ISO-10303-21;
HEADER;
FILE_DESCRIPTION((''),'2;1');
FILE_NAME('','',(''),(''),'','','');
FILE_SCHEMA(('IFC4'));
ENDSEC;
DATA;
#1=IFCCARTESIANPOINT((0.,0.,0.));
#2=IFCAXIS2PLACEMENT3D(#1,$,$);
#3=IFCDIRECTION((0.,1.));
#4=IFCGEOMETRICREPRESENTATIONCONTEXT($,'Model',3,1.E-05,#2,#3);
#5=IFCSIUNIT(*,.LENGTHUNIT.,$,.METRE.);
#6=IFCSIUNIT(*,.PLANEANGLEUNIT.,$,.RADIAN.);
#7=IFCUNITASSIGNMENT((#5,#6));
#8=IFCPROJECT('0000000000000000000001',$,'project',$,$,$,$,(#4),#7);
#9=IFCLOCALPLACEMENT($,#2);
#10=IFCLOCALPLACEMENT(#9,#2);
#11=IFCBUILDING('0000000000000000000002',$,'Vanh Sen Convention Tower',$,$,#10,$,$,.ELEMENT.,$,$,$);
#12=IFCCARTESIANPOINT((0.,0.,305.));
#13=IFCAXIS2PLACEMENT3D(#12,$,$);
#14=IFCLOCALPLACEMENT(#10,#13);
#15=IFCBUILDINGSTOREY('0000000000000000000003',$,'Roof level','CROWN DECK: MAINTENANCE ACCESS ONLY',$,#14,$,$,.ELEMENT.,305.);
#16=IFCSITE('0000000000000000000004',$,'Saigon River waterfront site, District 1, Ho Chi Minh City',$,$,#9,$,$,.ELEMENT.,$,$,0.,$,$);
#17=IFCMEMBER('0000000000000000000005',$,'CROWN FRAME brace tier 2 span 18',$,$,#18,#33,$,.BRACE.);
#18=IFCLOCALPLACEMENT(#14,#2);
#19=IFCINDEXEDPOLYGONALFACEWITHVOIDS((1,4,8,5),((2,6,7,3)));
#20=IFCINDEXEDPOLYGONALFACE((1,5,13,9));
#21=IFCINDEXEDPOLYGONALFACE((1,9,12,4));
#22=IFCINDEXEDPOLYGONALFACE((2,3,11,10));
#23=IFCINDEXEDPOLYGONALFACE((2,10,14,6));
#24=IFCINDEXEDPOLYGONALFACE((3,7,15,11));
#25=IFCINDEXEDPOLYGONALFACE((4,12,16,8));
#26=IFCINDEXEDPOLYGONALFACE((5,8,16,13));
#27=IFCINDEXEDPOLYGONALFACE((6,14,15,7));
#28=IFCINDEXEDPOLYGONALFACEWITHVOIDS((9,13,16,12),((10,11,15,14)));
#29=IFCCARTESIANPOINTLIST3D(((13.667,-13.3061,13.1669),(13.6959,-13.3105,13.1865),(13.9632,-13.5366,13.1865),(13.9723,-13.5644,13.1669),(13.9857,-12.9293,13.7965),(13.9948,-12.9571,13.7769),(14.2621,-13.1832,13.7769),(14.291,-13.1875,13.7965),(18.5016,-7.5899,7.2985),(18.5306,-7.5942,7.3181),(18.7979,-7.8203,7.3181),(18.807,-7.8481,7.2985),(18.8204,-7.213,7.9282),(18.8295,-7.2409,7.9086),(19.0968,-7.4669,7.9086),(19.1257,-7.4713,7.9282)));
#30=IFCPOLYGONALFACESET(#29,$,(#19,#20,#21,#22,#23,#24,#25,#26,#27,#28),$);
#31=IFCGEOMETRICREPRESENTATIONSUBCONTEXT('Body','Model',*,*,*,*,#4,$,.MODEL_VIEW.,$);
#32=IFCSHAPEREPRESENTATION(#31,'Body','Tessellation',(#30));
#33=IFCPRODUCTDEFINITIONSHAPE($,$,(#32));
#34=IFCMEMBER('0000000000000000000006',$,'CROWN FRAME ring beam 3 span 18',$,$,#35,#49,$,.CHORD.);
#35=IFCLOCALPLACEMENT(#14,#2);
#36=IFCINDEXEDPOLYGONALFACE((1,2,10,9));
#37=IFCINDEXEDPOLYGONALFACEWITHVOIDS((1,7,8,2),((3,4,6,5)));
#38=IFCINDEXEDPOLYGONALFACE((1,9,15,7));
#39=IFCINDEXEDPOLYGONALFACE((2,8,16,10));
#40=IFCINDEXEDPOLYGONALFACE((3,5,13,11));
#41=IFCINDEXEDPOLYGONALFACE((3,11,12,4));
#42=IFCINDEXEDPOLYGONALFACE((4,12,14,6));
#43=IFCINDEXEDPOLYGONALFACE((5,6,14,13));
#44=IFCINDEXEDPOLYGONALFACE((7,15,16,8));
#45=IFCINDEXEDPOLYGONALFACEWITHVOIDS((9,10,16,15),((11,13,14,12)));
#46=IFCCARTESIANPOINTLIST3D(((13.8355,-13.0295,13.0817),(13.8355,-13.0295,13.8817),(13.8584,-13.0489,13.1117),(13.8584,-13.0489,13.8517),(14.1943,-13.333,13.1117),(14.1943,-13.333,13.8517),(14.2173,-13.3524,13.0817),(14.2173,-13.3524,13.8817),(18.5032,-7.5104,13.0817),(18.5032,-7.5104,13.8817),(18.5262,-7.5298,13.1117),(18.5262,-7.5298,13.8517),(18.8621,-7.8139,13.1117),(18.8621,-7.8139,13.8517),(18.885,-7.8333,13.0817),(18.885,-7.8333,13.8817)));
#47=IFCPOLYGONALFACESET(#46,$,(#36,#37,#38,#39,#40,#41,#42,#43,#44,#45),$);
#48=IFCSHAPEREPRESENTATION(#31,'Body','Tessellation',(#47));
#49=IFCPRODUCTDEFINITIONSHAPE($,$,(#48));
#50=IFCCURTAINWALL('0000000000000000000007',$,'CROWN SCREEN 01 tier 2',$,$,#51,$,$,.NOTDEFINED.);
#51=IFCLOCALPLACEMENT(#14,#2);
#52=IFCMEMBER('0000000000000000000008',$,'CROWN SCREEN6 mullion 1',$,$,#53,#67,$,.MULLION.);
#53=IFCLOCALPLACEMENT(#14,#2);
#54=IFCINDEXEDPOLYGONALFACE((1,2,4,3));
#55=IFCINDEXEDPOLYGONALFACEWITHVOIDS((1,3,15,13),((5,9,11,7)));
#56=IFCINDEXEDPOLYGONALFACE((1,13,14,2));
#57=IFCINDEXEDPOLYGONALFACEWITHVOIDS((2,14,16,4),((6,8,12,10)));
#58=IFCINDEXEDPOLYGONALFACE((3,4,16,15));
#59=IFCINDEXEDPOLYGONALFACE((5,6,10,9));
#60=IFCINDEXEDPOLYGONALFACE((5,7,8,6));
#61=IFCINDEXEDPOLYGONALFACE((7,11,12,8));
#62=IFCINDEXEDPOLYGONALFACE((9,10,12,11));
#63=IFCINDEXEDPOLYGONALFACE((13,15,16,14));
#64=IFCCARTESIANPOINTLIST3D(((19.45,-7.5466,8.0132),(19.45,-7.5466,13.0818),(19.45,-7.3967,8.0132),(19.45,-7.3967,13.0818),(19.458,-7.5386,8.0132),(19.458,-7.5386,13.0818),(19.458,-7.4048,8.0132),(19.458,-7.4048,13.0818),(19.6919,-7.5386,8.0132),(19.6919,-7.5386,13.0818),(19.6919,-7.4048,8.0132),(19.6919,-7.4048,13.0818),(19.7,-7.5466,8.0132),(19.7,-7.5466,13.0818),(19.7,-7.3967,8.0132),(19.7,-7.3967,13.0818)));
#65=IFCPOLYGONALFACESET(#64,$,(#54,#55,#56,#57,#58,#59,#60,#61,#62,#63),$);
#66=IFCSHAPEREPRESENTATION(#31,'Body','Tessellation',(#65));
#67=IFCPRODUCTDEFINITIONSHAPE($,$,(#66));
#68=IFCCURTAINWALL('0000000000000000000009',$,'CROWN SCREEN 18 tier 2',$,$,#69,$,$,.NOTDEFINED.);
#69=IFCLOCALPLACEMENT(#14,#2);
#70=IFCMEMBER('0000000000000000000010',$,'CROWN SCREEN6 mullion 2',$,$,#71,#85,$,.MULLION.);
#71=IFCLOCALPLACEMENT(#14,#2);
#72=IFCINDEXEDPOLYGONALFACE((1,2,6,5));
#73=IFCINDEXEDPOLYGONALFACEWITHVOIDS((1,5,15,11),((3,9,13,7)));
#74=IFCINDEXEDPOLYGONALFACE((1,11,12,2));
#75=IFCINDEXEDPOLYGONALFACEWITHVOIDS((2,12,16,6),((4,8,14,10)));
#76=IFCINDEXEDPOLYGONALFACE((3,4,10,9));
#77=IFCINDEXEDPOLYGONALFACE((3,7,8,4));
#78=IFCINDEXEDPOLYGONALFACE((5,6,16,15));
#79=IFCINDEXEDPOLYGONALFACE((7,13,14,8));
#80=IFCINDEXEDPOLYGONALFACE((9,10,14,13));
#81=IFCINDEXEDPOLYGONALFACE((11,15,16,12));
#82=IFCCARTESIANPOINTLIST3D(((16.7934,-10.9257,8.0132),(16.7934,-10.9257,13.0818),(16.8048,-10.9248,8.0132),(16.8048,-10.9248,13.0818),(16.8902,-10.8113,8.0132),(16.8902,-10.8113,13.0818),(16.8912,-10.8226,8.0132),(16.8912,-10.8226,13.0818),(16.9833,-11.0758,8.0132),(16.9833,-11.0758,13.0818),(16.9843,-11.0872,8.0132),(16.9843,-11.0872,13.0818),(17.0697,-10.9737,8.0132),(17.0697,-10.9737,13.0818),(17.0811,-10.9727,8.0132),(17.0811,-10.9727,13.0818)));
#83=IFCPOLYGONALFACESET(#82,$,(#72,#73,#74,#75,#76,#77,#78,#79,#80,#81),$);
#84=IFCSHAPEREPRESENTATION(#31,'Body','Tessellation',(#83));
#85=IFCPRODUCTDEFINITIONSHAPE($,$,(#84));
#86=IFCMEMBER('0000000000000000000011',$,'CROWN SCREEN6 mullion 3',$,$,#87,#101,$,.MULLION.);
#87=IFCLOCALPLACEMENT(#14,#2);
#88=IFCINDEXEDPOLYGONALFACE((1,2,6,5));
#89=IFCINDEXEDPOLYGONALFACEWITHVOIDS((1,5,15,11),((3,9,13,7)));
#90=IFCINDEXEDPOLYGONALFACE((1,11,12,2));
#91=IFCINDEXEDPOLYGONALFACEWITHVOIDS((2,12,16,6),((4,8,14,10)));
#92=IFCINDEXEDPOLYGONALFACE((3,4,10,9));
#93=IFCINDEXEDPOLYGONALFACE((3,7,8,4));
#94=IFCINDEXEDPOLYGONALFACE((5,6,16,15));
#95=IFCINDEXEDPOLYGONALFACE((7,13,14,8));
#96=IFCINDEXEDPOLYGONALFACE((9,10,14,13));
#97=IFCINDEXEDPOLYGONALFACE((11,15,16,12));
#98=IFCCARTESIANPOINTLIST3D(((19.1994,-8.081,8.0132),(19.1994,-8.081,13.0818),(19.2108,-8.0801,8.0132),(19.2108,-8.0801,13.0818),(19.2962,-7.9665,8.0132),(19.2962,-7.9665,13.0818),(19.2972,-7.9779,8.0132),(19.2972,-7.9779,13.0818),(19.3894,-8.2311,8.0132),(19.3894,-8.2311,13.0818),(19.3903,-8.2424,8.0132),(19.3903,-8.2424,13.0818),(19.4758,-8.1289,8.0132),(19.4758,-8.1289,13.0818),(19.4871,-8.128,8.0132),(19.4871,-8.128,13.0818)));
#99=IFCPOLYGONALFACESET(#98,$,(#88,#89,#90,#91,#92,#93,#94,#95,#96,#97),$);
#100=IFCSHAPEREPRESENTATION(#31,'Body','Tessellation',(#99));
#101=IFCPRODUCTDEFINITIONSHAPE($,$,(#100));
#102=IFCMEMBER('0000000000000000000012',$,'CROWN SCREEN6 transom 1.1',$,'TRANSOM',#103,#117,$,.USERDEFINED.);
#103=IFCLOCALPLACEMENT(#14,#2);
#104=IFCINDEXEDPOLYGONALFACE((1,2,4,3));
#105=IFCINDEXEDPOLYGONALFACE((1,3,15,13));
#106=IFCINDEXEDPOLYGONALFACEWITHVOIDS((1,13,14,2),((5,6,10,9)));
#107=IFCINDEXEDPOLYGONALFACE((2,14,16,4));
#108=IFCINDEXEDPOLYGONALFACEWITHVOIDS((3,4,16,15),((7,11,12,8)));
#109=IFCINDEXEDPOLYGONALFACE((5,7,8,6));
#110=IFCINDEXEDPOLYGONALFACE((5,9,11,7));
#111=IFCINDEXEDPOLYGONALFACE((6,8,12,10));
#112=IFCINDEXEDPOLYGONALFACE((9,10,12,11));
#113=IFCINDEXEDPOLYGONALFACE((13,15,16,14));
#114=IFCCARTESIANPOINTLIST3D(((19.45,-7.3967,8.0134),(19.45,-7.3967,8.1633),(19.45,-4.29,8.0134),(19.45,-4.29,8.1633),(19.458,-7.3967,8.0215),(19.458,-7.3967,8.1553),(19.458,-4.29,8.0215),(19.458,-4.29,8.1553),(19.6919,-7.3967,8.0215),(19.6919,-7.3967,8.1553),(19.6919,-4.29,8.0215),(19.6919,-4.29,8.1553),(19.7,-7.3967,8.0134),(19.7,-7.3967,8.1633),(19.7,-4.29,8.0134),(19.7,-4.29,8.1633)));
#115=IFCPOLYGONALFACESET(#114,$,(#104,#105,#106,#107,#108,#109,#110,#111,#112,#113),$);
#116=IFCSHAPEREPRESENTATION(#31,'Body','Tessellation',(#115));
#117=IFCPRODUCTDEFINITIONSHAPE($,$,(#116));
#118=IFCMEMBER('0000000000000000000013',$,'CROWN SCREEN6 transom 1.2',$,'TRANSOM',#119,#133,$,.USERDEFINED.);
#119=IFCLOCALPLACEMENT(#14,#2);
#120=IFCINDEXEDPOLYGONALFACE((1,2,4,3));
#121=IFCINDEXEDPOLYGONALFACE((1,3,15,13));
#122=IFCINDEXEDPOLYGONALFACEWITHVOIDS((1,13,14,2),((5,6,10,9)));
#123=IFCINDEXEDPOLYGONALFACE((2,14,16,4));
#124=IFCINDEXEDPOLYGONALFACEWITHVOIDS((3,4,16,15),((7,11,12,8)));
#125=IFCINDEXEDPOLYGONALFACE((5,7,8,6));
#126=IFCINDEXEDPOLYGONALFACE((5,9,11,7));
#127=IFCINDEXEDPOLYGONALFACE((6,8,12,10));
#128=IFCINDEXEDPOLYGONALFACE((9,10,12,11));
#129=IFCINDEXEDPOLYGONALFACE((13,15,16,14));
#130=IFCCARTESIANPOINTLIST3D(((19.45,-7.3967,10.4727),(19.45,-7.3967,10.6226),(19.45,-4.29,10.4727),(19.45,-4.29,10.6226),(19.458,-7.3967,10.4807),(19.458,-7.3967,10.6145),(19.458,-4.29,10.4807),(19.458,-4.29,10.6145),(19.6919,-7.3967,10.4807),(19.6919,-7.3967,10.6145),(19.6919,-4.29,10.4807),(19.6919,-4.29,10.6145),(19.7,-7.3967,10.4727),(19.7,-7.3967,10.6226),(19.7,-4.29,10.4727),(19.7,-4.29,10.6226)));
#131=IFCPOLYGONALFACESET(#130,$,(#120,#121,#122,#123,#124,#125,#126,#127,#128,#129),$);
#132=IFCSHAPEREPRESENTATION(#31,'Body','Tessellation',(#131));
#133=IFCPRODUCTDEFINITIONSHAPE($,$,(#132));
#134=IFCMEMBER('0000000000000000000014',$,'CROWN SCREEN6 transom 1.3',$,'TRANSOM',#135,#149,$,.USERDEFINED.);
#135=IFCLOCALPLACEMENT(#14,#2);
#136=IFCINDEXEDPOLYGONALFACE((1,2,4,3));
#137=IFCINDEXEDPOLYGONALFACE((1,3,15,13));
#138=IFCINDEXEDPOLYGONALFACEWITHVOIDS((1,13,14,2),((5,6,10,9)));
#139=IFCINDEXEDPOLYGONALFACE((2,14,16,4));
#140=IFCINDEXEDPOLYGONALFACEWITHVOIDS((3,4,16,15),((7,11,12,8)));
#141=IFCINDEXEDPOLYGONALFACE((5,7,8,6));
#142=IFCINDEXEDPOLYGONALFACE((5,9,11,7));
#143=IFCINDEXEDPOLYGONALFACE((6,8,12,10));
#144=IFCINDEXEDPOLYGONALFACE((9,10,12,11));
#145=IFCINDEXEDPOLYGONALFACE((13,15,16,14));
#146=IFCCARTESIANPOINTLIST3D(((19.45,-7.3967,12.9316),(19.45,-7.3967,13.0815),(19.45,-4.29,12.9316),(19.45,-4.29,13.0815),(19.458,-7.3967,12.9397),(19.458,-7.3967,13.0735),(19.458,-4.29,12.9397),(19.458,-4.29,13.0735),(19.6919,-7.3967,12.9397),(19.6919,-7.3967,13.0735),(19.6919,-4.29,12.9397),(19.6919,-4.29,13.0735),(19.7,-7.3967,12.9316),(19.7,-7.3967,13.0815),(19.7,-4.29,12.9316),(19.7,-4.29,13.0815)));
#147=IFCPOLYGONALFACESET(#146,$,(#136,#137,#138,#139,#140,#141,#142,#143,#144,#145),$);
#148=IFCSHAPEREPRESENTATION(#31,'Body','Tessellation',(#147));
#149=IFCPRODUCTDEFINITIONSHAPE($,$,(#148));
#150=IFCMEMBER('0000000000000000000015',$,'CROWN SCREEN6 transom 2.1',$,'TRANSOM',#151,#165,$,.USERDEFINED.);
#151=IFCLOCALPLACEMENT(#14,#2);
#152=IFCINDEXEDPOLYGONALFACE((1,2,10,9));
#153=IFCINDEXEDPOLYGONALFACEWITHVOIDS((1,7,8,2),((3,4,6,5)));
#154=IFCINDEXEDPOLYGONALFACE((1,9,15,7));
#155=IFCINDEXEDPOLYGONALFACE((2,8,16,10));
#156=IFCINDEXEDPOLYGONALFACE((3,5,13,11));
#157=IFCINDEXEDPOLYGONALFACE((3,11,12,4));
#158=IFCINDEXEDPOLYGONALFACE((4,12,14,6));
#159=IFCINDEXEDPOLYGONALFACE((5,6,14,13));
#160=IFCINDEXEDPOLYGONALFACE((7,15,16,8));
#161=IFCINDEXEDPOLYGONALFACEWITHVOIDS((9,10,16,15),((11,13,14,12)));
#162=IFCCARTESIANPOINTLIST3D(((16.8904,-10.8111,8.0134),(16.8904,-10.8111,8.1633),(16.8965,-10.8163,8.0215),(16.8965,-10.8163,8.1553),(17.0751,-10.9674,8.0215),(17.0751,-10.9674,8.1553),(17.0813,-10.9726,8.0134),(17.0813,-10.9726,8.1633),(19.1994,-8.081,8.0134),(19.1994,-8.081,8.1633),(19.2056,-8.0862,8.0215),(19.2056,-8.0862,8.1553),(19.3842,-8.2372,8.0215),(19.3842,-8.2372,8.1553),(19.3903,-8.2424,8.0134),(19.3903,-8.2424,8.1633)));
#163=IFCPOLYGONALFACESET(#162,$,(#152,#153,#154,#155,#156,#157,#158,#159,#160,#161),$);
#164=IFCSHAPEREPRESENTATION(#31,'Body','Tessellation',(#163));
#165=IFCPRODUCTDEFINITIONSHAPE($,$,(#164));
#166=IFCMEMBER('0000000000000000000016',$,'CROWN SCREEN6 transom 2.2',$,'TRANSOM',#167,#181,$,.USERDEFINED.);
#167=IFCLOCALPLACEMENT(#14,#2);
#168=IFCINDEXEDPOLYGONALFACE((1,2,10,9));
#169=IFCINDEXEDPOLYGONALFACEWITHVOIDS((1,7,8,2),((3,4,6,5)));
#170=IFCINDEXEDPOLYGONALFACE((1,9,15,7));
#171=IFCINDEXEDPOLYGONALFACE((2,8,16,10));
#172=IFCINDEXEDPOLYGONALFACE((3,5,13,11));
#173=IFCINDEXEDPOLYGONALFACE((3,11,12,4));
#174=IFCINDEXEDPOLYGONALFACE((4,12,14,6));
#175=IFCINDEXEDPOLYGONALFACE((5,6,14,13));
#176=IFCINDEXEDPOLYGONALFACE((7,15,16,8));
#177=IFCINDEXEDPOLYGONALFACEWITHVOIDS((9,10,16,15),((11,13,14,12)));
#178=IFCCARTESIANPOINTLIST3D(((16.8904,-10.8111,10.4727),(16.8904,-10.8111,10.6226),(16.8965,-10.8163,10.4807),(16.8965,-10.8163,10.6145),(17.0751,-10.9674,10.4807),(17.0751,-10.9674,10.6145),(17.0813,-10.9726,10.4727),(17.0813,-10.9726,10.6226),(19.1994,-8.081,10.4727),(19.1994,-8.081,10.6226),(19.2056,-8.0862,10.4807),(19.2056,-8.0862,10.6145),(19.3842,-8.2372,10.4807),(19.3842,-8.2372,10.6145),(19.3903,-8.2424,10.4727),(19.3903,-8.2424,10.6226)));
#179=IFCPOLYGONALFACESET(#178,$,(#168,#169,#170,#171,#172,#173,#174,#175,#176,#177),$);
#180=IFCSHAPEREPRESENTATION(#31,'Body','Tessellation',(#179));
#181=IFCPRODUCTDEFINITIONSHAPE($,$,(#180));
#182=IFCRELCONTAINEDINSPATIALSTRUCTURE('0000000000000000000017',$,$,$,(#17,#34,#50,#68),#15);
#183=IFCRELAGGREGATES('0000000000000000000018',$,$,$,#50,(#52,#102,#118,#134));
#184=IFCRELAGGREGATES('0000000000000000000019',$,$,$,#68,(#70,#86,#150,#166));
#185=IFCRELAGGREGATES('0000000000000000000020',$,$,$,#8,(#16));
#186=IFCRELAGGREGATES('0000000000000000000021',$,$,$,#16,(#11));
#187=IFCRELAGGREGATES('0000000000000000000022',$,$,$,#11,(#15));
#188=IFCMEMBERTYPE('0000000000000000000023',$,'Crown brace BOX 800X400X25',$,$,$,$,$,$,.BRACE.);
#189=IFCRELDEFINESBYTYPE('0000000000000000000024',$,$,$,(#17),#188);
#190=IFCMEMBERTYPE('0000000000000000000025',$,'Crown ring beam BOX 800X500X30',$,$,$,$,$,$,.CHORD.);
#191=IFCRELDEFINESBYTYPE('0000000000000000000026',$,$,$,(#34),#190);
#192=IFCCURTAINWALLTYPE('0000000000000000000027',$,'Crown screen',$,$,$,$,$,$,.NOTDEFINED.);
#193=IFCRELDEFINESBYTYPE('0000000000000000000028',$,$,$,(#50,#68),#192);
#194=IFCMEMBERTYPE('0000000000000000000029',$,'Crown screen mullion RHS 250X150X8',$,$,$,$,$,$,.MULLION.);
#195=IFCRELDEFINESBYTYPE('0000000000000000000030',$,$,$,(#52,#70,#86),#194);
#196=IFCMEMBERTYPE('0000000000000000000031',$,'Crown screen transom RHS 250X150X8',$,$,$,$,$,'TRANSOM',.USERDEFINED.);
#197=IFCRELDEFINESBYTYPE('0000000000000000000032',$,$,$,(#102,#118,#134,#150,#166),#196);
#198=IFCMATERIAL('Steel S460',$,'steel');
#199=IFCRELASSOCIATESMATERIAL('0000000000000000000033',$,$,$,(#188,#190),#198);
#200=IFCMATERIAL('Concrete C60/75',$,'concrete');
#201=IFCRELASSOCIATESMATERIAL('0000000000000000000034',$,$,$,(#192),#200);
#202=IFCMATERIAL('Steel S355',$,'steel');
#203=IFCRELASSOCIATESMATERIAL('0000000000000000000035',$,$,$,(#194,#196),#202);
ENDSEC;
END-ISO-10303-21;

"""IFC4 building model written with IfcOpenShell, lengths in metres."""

from ifc_helpers import new_model, si_unit, direction, frame, origin, origin_2d, place, context, subcontext, project, spatial, hollow_rectangle, extrude, material, material_profile, profile_set, type_object, element, aggregate, save


model = new_model("IFC4")

# Units and contexts
model_context = context("Model", 3, precision=1e-05, world=origin(), true_north=direction((0.0, 1.0)))
body_context = subcontext(model_context, "Body", "Model", "MODEL_VIEW")
ifc_project = project(units=[si_unit("LENGTHUNIT", "METRE"), si_unit("PLANEANGLEUNIT", "RADIAN")], contexts=[model_context])

# Site, building, storey
site_placement = place(None, origin())
site = spatial("IfcSite", under=ifc_project, at=site_placement, Name="Saigon River waterfront site, District 1, Ho Chi Minh City", CompositionType="ELEMENT", RefElevation=0.0)
building_placement = place(site_placement, origin())
building = spatial("IfcBuilding", under=site, at=building_placement, Name="Vanh Sen Convention Tower", CompositionType="ELEMENT")
storey_placement = place(building_placement, frame((0.0, 0.0, 305.0)))
storey = spatial("IfcBuildingStorey", under=building, at=storey_placement, Name="Roof level", Description="CROWN DECK: MAINTENANCE ACCESS ONLY", CompositionType="ELEMENT", Elevation=305.0)

# Members
ifc_material_1 = material(Name="Steel S460", Category="steel")
ifc_material_profile_1 = material_profile(ifc_material_1, hollow_rectangle(XDim=0.3999, YDim=0.8, WallThickness=0.0249, at=origin_2d()), Name="BOX 800X400X25")
ifc_profile_set_1 = profile_set([ifc_material_profile_1], Name="Steel S460")
member_type_1 = type_object("IfcMemberType", Name="Crown brace BOX 800X400X25", PredefinedType="BRACE", material=ifc_profile_set_1)
member_1_placement = place(storey_placement, frame((13.979, -13.2468, 13.4817), z_axis=(0.508245, 0.600922, -0.616911), x_axis=(-0.763529, 0.645774, 0.0)))
element("IfcMember", 1, at=member_1_placement, inside=storey, type_object=member_type_1, Name="CROWN FRAME brace tier 2 span 18", PredefinedType="BRACE", context=body_context, shape_type="SweptSolid", body=[
    extrude(hollow_rectangle(XDim=0.3999, YDim=0.8, WallThickness=0.0249, at=origin_2d()), origin(), (0.0, 0.0, 1.0), 9.5125),
])
ifc_material_profile_2 = material_profile(ifc_material_1, hollow_rectangle(XDim=0.5, YDim=0.8, WallThickness=0.03, at=origin_2d()), Name="BOX 800X500X30")
ifc_profile_set_2 = profile_set([ifc_material_profile_2], Name="Steel S460")
member_type_2 = type_object("IfcMemberType", Name="Crown ring beam BOX 800X500X30", PredefinedType="CHORD", material=ifc_profile_set_2)
member_2_placement = place(storey_placement, frame((14.0264, -13.1909, 13.4817), z_axis=(0.645762, 0.763539, 0.0), x_axis=(-0.763539, 0.645762, 0.0)))
element("IfcMember", 2, at=member_2_placement, inside=storey, type_object=member_type_2, Name="CROWN FRAME ring beam 3 span 18", PredefinedType="CHORD", context=body_context, shape_type="SweptSolid", body=[
    extrude(hollow_rectangle(XDim=0.5, YDim=0.8, WallThickness=0.03, at=origin_2d()), origin(), (0.0, 0.0, 1.0), 7.2283),
])

# Curtain wall, member
ifc_material_2 = material(Name="Concrete C60/75", Category="concrete")
curtain_wall_type = type_object("IfcCurtainWallType", Name="Crown screen", PredefinedType="NOTDEFINED", material=ifc_material_2)
curtain_wall_1_placement = place(storey_placement, origin())
curtain_wall_1 = element("IfcCurtainWall", 3, at=curtain_wall_1_placement, inside=storey, type_object=curtain_wall_type, Name="CROWN SCREEN 01 tier 2", PredefinedType="NOTDEFINED")
ifc_material_3 = material(Name="Steel S355", Category="steel")
ifc_material_profile_3 = material_profile(ifc_material_3, hollow_rectangle(XDim=0.25, YDim=0.1499, WallThickness=0.0081, at=origin_2d()), Name="RHS 250X150X8")
ifc_profile_set_3 = profile_set([ifc_material_profile_3], Name="Steel S355")
member_type_3 = type_object("IfcMemberType", Name="Crown screen mullion RHS 250X150X8", PredefinedType="MULLION", material=ifc_profile_set_3)
member_3_placement = place(storey_placement, frame((19.575, -7.4717, 8.0132), z_axis=(0.0, 0.0, 1.0), x_axis=(-1.0, 0.0, 0.0)))
member_3 = element("IfcMember", 4, at=member_3_placement, type_object=member_type_3, Name="CROWN SCREEN6 mullion 1", PredefinedType="MULLION", context=body_context, shape_type="SweptSolid", body=[
    extrude(hollow_rectangle(XDim=0.25, YDim=0.1499, WallThickness=0.0081, at=origin_2d()), origin(), (0.0, 0.0, 1.0), 5.0686),
])

# Curtain wall, members
curtain_wall_2_placement = place(storey_placement, origin())
curtain_wall_2 = element("IfcCurtainWall", 5, at=curtain_wall_2_placement, inside=storey, type_object=curtain_wall_type, Name="CROWN SCREEN 18 tier 2", PredefinedType="NOTDEFINED")
member_4_placement = place(storey_placement, frame((16.9373, -10.9492, 8.0132), z_axis=(0.0, 0.0, 1.0), x_axis=(-0.763535, 0.645766, 0.0)))
member_4 = element("IfcMember", 6, at=member_4_placement, type_object=member_type_3, Name="CROWN SCREEN6 mullion 2", PredefinedType="MULLION", context=body_context, shape_type="SweptSolid", body=[
    extrude(hollow_rectangle(XDim=0.25, YDim=0.1499, WallThickness=0.0081, at=origin_2d()), origin(), (0.0, 0.0, 1.0), 5.0686),
])
member_5_placement = place(storey_placement, frame((19.3433, -8.1045, 8.0132), z_axis=(0.0, 0.0, 1.0), x_axis=(-0.763535, 0.645766, 0.0)))
member_5 = element("IfcMember", 7, at=member_5_placement, type_object=member_type_3, Name="CROWN SCREEN6 mullion 3", PredefinedType="MULLION", context=body_context, shape_type="SweptSolid", body=[
    extrude(hollow_rectangle(XDim=0.25, YDim=0.1499, WallThickness=0.0081, at=origin_2d()), origin(), (0.0, 0.0, 1.0), 5.0686),
])

# Members
ifc_material_profile_4 = material_profile(ifc_material_3, hollow_rectangle(XDim=0.25, YDim=0.1499, WallThickness=0.0081, at=origin_2d()), Name="RHS 250X150X8")
ifc_profile_set_4 = profile_set([ifc_material_profile_4], Name="Steel S355")
member_type_4 = type_object("IfcMemberType", Name="Crown screen transom RHS 250X150X8", ElementType="TRANSOM", PredefinedType="USERDEFINED", material=ifc_profile_set_4)
member_6_placement = place(storey_placement, frame((19.575, -7.3967, 8.0884), z_axis=(0.0, 1.0, 0.0), x_axis=(-1.0, 0.0, 0.0)))
member_6 = element("IfcMember", 8, at=member_6_placement, type_object=member_type_4, Name="CROWN SCREEN6 transom 1.1", ObjectType="TRANSOM", PredefinedType="USERDEFINED", context=body_context, shape_type="SweptSolid", body=[
    extrude(hollow_rectangle(XDim=0.25, YDim=0.1499, WallThickness=0.0081, at=origin_2d()), origin(), (0.0, 0.0, 1.0), 3.1067),
])
member_7_placement = place(storey_placement, frame((19.575, -7.3967, 10.5476), z_axis=(0.0, 1.0, 0.0), x_axis=(-1.0, 0.0, 0.0)))
member_7 = element("IfcMember", 9, at=member_7_placement, type_object=member_type_4, Name="CROWN SCREEN6 transom 1.2", ObjectType="TRANSOM", PredefinedType="USERDEFINED", context=body_context, shape_type="SweptSolid", body=[
    extrude(hollow_rectangle(XDim=0.25, YDim=0.1499, WallThickness=0.0081, at=origin_2d()), origin(), (0.0, 0.0, 1.0), 3.1067),
])
member_8_placement = place(storey_placement, frame((19.575, -7.3967, 13.0066), z_axis=(0.0, 1.0, 0.0), x_axis=(-1.0, 0.0, 0.0)))
member_8 = element("IfcMember", 10, at=member_8_placement, type_object=member_type_4, Name="CROWN SCREEN6 transom 1.3", ObjectType="TRANSOM", PredefinedType="USERDEFINED", context=body_context, shape_type="SweptSolid", body=[
    extrude(hollow_rectangle(XDim=0.25, YDim=0.1499, WallThickness=0.0081, at=origin_2d()), origin(), (0.0, 0.0, 1.0), 3.1067),
])
aggregate(curtain_wall_1, [member_3, member_6, member_7, member_8])
member_9_placement = place(storey_placement, frame((16.9858, -10.8918, 8.0884), z_axis=(0.645762, 0.763539, 0.0), x_axis=(-0.763539, 0.645762, 0.0)))
member_9 = element("IfcMember", 11, at=member_9_placement, type_object=member_type_4, Name="CROWN SCREEN6 transom 2.1", ObjectType="TRANSOM", PredefinedType="USERDEFINED", context=body_context, shape_type="SweptSolid", body=[
    extrude(hollow_rectangle(XDim=0.25, YDim=0.1499, WallThickness=0.0081, at=origin_2d()), origin(), (0.0, 0.0, 1.0), 3.5757),
])
member_10_placement = place(storey_placement, frame((16.9858, -10.8918, 10.5476), z_axis=(0.645762, 0.763539, 0.0), x_axis=(-0.763539, 0.645762, 0.0)))
member_10 = element("IfcMember", 12, at=member_10_placement, type_object=member_type_4, Name="CROWN SCREEN6 transom 2.2", ObjectType="TRANSOM", PredefinedType="USERDEFINED", context=body_context, shape_type="SweptSolid", body=[
    extrude(hollow_rectangle(XDim=0.25, YDim=0.1499, WallThickness=0.0081, at=origin_2d()), origin(), (0.0, 0.0, 1.0), 3.5757),
])

aggregate(curtain_wall_2, [member_4, member_5, member_9, member_10])

save(model, "model.ifc")
